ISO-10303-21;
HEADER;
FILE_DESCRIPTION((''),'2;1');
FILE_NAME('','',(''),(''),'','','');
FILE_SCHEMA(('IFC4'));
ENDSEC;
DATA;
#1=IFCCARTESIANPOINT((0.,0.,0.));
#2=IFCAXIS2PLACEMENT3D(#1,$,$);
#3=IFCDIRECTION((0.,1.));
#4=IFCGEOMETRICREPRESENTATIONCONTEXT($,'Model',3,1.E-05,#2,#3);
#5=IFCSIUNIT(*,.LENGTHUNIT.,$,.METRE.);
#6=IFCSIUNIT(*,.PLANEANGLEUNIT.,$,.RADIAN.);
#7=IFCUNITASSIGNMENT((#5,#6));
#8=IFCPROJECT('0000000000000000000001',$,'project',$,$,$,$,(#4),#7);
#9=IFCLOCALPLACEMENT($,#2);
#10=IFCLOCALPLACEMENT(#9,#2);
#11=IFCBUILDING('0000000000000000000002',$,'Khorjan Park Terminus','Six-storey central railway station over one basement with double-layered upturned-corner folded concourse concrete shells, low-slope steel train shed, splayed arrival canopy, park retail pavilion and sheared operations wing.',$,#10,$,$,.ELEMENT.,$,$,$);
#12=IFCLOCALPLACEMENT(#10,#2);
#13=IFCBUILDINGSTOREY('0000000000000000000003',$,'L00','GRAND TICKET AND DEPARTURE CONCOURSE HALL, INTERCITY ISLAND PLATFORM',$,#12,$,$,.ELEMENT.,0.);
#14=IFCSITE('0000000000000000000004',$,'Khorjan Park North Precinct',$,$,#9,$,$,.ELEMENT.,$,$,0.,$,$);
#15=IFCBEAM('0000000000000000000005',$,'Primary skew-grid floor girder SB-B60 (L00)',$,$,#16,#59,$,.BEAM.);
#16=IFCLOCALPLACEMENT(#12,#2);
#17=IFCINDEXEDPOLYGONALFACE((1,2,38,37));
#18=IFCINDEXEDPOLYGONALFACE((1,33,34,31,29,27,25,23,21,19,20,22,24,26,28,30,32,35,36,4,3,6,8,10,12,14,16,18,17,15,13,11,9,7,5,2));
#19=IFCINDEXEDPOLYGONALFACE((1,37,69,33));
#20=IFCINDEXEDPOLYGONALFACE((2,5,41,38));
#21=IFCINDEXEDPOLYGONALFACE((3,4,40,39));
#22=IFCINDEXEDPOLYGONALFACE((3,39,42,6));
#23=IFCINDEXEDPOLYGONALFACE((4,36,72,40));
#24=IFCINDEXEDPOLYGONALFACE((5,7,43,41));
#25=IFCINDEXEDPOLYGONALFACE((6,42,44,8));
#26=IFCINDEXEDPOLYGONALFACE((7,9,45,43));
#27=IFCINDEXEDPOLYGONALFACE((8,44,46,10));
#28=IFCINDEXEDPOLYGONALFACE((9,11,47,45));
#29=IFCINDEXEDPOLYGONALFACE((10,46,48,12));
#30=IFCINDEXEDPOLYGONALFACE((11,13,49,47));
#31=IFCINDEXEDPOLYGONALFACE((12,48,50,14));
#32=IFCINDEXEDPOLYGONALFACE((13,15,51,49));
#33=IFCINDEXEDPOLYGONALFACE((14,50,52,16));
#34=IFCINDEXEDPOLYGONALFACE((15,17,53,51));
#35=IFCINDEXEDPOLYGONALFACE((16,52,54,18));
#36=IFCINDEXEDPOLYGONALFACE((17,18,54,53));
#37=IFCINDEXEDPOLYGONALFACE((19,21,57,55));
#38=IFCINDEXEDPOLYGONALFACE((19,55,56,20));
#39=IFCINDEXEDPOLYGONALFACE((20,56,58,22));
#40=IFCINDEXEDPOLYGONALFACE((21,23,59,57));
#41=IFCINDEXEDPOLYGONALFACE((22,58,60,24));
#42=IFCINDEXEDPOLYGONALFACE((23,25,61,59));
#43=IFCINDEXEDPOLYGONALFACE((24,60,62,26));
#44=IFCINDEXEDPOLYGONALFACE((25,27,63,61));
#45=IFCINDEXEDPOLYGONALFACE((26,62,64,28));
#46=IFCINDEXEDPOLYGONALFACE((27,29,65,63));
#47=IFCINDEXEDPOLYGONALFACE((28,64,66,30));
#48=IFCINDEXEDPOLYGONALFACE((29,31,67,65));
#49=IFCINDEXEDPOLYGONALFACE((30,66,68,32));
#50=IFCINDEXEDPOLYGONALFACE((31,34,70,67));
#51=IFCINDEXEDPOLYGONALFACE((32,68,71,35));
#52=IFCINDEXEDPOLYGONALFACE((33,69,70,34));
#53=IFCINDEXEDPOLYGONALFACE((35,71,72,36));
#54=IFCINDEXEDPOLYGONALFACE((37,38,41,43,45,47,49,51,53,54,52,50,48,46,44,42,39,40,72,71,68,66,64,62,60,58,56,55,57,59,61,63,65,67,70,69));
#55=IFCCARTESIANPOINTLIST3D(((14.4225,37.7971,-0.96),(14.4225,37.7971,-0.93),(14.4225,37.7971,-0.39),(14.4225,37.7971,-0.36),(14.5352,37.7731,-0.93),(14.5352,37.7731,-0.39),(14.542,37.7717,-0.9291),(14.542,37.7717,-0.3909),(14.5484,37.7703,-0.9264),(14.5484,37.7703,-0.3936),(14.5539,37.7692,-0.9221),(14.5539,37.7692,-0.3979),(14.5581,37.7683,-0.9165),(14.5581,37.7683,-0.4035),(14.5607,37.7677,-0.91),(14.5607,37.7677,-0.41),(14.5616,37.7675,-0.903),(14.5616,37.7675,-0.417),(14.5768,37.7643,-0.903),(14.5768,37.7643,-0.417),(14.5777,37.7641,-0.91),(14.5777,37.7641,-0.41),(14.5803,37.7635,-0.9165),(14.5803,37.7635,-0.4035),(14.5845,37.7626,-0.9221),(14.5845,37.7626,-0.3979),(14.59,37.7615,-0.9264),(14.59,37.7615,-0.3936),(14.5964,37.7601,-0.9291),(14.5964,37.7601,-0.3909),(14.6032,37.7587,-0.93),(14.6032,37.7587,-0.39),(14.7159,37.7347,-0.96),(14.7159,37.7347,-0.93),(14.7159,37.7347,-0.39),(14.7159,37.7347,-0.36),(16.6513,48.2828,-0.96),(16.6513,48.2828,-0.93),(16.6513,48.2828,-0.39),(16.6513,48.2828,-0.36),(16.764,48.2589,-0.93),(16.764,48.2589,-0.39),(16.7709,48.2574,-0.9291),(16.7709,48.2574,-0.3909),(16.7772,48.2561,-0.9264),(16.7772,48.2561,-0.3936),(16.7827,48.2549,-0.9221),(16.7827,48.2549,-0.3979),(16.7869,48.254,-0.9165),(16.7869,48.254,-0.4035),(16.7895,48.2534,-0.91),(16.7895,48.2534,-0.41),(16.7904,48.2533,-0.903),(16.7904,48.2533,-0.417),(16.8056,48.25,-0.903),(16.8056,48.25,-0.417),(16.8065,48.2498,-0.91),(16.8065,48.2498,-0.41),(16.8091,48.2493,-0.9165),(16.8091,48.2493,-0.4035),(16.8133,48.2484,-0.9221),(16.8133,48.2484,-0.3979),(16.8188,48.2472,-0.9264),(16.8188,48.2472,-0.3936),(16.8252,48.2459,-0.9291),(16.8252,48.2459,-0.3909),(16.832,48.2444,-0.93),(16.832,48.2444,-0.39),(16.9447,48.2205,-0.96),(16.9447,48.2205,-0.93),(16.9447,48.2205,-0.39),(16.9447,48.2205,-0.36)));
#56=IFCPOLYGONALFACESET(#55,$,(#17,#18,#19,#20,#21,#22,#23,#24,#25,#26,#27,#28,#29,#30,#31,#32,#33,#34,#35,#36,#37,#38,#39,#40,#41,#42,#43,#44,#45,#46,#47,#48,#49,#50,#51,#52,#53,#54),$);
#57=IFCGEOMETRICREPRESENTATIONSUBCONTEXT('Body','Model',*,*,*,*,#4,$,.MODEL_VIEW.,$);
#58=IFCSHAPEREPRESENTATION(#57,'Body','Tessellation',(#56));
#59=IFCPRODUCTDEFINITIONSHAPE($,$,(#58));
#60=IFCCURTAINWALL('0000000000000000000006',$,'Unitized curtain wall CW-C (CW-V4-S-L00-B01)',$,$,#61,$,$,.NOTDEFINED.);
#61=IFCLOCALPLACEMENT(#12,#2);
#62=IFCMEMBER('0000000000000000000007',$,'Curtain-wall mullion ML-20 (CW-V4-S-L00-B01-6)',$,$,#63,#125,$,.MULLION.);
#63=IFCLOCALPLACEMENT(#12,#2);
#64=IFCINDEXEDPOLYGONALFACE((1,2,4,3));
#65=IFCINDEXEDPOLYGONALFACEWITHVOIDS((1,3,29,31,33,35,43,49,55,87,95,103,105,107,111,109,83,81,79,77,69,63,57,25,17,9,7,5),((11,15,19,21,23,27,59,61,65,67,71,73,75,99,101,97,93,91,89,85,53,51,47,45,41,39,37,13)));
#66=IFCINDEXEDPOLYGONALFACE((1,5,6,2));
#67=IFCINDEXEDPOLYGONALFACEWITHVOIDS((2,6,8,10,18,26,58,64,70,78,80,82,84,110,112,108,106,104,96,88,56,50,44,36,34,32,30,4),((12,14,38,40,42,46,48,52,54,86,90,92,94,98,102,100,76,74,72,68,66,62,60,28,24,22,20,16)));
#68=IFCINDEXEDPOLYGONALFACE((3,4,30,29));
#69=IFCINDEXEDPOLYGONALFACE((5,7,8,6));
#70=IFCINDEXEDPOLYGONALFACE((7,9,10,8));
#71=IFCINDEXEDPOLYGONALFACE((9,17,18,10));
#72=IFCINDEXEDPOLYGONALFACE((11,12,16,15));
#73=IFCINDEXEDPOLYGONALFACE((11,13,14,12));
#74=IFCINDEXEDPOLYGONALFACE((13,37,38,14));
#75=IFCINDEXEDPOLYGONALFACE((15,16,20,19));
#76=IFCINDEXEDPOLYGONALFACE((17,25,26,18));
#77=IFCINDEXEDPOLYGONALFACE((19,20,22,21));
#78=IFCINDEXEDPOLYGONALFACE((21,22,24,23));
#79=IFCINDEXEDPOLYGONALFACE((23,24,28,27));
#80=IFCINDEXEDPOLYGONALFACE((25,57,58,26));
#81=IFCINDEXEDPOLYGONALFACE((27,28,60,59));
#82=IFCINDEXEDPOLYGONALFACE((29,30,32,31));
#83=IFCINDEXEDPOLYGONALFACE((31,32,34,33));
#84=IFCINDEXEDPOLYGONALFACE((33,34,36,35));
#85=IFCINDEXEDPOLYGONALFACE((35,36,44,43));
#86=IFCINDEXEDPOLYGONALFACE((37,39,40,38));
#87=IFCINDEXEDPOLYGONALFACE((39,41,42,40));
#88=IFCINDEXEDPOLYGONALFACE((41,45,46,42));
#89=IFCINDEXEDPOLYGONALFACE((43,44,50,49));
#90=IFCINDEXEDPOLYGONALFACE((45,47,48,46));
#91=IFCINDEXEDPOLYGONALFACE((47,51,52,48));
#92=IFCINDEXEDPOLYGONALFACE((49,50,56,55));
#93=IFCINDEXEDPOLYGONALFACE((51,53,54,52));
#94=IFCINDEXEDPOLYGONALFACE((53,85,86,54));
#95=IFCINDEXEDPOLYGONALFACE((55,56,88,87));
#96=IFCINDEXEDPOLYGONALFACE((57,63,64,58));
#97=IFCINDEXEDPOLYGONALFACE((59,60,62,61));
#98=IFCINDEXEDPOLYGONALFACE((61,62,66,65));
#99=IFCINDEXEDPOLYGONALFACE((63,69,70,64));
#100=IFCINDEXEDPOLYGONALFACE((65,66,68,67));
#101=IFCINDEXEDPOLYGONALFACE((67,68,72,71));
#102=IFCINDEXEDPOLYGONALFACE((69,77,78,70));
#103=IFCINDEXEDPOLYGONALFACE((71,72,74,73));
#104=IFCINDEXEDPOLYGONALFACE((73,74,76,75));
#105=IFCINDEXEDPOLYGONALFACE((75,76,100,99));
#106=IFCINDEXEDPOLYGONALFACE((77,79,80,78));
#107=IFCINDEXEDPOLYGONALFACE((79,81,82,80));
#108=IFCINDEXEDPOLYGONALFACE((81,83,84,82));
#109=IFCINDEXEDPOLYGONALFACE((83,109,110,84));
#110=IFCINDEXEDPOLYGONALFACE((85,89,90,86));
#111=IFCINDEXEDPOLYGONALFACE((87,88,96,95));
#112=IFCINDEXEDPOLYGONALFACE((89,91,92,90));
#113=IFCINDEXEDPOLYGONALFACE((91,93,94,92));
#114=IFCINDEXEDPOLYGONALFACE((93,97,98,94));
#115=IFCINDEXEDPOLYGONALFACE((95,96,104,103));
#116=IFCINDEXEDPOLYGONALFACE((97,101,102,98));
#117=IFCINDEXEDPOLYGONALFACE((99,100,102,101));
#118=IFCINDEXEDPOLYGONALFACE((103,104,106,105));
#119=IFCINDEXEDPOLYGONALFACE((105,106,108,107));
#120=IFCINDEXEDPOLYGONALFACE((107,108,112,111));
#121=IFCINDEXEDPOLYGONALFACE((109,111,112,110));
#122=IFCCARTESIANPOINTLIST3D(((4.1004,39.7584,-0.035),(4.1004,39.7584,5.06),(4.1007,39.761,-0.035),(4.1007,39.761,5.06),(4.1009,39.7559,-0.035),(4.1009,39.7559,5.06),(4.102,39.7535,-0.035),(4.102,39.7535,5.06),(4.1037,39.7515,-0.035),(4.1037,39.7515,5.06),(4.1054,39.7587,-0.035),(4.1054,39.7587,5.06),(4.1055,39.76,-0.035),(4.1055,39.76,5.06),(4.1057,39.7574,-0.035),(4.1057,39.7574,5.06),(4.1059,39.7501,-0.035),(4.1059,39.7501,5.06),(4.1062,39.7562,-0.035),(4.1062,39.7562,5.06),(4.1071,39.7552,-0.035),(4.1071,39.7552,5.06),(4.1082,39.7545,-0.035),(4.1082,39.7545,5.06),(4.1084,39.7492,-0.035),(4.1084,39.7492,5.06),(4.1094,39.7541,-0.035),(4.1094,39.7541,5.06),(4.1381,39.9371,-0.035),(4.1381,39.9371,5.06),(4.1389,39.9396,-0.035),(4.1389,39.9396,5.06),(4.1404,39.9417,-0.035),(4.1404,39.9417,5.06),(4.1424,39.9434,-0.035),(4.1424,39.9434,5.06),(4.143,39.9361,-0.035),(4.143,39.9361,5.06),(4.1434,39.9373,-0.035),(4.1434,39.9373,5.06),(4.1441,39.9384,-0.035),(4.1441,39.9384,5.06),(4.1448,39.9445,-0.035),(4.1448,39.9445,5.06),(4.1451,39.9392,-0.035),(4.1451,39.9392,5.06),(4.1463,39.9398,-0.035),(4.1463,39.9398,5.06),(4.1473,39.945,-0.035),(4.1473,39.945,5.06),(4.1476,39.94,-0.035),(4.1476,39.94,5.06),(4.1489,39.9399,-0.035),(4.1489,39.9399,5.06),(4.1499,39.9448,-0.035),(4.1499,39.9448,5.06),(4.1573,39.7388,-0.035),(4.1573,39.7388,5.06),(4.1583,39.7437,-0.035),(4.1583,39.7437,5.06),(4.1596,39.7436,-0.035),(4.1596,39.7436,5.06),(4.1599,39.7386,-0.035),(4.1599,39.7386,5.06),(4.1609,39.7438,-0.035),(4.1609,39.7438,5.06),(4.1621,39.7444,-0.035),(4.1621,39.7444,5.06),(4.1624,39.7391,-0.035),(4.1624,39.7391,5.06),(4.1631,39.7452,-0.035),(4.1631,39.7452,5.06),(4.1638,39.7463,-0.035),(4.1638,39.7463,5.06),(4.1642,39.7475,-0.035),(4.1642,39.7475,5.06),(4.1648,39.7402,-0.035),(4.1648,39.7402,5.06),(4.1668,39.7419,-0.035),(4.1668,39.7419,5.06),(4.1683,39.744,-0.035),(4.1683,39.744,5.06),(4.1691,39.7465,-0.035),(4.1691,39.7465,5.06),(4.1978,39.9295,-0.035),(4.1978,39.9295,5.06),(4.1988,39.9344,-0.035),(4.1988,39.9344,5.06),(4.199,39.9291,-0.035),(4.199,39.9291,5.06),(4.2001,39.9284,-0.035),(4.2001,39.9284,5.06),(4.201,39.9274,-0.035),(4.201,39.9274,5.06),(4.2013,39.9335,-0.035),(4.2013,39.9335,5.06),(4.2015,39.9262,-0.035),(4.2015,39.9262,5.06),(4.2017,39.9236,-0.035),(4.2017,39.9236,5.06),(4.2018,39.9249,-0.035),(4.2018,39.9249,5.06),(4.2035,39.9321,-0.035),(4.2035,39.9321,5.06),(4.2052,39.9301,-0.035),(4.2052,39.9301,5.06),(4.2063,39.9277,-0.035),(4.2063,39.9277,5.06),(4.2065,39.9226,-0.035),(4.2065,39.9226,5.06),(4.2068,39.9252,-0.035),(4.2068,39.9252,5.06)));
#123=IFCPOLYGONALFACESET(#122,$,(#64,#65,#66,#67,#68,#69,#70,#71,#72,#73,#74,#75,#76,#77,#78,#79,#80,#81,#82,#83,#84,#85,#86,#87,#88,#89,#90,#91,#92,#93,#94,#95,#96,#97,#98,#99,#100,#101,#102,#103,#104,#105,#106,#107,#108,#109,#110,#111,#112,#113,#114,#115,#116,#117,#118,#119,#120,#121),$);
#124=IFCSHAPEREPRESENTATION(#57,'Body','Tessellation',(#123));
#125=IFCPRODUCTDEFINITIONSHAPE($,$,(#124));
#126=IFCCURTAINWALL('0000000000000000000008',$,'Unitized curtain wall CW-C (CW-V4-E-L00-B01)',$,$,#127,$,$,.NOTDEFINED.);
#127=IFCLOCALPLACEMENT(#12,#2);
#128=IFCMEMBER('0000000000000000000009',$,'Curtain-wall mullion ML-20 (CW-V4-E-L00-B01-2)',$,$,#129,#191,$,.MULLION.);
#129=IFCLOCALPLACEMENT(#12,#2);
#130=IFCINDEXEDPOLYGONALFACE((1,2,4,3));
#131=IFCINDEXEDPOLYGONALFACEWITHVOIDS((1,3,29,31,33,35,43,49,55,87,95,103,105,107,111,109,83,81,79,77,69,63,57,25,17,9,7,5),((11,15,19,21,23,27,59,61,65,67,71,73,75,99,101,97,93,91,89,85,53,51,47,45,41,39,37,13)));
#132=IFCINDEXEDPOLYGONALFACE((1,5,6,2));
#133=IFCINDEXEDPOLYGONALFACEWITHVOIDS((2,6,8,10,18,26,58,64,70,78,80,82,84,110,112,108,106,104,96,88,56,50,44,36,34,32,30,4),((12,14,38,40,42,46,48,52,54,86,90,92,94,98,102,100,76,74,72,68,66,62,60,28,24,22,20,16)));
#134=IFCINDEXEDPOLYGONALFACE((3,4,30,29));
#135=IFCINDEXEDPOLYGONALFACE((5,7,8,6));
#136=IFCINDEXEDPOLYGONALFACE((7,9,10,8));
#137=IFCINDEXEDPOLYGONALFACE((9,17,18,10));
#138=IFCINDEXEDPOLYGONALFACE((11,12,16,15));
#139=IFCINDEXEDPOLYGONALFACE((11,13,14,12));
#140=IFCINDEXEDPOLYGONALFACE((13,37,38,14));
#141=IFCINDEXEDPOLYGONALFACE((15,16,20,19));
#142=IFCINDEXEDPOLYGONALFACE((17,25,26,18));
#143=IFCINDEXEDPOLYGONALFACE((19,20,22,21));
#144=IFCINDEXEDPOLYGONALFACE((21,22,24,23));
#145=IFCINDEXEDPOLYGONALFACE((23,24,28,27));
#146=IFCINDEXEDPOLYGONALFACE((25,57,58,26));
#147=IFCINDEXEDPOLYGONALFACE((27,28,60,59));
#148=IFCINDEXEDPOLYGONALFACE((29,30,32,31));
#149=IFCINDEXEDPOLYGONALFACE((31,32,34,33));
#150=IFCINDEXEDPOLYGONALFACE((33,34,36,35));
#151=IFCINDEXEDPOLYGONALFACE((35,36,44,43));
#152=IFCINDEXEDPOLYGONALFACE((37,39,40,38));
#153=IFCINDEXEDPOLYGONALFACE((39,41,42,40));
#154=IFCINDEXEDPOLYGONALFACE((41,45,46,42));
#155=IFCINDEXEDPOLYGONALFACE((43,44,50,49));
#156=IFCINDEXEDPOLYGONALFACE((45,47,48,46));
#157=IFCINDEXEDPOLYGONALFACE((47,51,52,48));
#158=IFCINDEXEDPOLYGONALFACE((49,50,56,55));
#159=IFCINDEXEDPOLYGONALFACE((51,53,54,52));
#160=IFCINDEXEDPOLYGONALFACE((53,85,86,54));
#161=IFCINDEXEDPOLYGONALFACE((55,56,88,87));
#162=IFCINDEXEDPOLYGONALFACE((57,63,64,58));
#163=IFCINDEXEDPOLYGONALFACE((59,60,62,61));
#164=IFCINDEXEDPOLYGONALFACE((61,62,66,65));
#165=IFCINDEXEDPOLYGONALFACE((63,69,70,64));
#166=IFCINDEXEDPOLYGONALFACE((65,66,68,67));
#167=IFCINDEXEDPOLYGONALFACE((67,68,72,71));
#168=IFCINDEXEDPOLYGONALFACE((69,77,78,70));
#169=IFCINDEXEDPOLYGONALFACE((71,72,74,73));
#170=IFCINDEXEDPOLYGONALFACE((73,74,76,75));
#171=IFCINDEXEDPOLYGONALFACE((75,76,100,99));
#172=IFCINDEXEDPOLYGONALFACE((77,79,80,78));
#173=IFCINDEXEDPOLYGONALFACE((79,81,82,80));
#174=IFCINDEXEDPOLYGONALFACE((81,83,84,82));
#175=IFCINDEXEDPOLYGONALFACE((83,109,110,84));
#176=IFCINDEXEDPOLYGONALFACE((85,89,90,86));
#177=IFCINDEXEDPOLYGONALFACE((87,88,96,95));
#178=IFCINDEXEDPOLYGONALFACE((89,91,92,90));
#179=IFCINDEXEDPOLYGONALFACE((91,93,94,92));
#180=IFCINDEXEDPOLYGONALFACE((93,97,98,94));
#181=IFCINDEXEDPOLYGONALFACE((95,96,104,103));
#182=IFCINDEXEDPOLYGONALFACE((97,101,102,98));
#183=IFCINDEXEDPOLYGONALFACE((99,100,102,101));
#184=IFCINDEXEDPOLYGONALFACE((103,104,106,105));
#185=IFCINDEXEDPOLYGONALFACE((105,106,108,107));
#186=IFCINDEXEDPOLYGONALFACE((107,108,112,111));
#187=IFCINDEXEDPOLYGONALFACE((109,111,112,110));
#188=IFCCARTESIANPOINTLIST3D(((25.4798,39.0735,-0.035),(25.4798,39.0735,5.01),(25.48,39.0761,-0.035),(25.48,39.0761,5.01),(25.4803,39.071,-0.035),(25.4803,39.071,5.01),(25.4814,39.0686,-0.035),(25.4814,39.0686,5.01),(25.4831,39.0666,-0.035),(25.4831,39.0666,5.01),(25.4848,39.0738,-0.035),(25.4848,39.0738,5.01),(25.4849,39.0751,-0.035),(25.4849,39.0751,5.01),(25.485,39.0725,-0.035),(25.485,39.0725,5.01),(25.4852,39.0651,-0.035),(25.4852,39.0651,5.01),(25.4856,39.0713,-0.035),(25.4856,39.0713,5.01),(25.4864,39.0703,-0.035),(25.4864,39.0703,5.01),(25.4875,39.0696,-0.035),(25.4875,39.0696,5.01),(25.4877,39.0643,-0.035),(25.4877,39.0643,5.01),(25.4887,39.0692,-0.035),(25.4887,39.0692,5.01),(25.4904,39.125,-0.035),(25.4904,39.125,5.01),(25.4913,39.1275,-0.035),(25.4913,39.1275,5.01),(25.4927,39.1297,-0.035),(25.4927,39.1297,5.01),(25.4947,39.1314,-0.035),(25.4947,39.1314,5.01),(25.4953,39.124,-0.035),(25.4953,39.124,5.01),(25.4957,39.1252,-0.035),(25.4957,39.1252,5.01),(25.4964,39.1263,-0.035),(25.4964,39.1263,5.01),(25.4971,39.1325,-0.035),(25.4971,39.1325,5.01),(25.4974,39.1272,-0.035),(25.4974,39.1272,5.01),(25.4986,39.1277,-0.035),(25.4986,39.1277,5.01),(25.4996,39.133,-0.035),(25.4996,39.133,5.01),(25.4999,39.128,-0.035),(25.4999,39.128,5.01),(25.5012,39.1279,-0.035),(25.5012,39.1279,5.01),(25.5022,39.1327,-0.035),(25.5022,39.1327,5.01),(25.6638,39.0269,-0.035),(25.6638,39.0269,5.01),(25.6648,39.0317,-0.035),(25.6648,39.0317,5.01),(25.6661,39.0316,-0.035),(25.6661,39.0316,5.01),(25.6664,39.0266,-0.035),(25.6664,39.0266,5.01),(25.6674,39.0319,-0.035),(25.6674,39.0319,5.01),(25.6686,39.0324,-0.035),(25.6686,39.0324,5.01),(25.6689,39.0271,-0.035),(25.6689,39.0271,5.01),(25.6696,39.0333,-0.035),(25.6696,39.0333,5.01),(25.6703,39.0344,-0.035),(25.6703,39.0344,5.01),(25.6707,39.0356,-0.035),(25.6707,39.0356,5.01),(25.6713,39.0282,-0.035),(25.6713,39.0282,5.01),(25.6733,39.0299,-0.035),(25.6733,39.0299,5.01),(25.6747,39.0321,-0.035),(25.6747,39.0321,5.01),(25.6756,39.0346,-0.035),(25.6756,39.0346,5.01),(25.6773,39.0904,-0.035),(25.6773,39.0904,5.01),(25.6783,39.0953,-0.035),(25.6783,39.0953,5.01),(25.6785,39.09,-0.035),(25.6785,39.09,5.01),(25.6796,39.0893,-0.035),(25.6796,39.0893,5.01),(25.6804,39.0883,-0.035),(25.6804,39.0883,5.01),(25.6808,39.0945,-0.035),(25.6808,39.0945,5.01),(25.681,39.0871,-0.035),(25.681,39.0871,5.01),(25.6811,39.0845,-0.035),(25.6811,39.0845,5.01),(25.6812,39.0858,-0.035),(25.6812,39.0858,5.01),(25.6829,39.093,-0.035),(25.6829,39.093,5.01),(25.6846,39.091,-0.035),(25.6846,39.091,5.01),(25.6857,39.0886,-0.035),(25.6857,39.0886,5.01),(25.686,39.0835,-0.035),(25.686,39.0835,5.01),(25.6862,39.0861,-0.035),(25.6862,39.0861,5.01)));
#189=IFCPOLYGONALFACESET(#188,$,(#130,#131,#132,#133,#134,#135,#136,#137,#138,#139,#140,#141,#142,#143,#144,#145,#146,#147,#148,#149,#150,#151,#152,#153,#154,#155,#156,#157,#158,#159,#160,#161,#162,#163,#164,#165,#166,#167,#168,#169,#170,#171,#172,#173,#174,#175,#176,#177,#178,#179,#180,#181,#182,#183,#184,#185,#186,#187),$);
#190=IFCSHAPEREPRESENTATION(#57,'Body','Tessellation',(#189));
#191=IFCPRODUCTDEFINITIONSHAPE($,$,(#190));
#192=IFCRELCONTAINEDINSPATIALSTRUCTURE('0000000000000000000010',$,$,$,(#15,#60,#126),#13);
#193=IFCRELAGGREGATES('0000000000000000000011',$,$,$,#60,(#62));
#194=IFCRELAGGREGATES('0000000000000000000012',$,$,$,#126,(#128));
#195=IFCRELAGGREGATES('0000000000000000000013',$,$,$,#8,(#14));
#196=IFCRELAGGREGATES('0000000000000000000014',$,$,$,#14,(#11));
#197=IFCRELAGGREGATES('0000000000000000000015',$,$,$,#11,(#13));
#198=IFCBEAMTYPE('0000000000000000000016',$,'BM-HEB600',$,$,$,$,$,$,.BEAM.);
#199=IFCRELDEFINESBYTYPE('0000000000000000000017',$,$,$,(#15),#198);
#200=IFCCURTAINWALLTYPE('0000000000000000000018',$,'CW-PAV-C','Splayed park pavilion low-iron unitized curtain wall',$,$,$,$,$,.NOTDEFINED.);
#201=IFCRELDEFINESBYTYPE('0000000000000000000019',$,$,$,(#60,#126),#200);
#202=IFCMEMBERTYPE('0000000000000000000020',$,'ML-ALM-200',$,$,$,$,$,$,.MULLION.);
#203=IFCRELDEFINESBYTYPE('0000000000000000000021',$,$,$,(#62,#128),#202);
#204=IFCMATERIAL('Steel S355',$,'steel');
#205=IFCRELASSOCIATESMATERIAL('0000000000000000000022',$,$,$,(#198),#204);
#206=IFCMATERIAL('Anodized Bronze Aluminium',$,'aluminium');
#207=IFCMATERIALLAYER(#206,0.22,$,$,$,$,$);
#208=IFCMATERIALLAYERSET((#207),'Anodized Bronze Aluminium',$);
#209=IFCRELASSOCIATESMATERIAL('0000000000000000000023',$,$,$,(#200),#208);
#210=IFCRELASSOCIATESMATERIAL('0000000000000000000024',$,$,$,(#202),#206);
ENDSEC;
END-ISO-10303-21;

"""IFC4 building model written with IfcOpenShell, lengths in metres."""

from ifc_helpers import new_model, si_unit, direction, frame, origin, origin_2d, place, context, subcontext, project, spatial, hollow_rectangle, i_section, extrude, material, layer, layer_set, material_profile, profile_set, type_object, element, aggregate, save


model = new_model("IFC4")

# Units and contexts
model_context = context("Model", 3, precision=1e-05, world=origin(), true_north=direction((0.0, 1.0)))
body_context = subcontext(model_context, "Body", "Model", "MODEL_VIEW")
ifc_project = project(units=[si_unit("LENGTHUNIT", "METRE"), si_unit("PLANEANGLEUNIT", "RADIAN")], contexts=[model_context])

# Site, building, storey
site_placement = place(None, origin())
site = spatial("IfcSite", under=ifc_project, at=site_placement, Name="Khorjan Park North Precinct", CompositionType="ELEMENT", RefElevation=0.0)
building_placement = place(site_placement, origin())
building = spatial("IfcBuilding", under=site, at=building_placement, Name="Khorjan Park Terminus", Description="Six-storey central railway station over one basement with double-layered upturned-corner folded concourse concrete shells, low-slope steel train shed, splayed arrival canopy, park retail pavilion and sheared operations wing.", CompositionType="ELEMENT")
storey_placement = place(building_placement, origin())
storey = spatial("IfcBuildingStorey", under=building, at=storey_placement, Name="L00", Description="GRAND TICKET AND DEPARTURE CONCOURSE HALL, INTERCITY ISLAND PLATFORM", CompositionType="ELEMENT", Elevation=0.0)

# Shared definitions
ifc_material_1 = material(Name="Steel S355", Category="steel")

# Beam
ifc_material_profile_1 = material_profile(ifc_material_1, i_section(OverallWidth=0.3, OverallDepth=0.6, WebThickness=0.0155, FlangeThickness=0.03, FilletRadius=0.027, at=origin_2d()), Name="HEB 600")
ifc_profile_set_1 = profile_set([ifc_material_profile_1], Name="Steel S355")
beam_type_1 = type_object("IfcBeamType", Name="BM-HEB600", PredefinedType="BEAM", material=ifc_profile_set_1)
beam_1_placement = place(storey_placement, frame((14.5692, 37.7659, -0.66), z_axis=(0.207911, 0.978148, 0.0), x_axis=(-0.978148, 0.207911, 0.0)))
element("IfcBeam", 1, at=beam_1_placement, inside=storey, type_object=beam_type_1, Name="Primary skew-grid floor girder SB-B60 (L00)", PredefinedType="BEAM", context=body_context, shape_type="SweptSolid", body=[
    extrude(i_section(OverallWidth=0.3, OverallDepth=0.6, WebThickness=0.0155, FlangeThickness=0.03, FilletRadius=0.027, at=origin_2d()), origin(), (0.0, 0.0, 1.0), 10.72),
])

# Curtain wall, member
ifc_material_2 = material(Name="Anodized Bronze Aluminium", Category="aluminium")
ifc_layer_1 = layer(ifc_material_2, 0.22)
ifc_layer_set_1 = layer_set([ifc_layer_1], Name="Anodized Bronze Aluminium")
curtain_wall_type = type_object("IfcCurtainWallType", Name="CW-PAV-C", Description="Splayed park pavilion low-iron unitized curtain wall", PredefinedType="NOTDEFINED", material=ifc_layer_set_1)
curtain_wall_1_placement = place(storey_placement, origin())
curtain_wall_1 = element("IfcCurtainWall", 2, at=curtain_wall_1_placement, inside=storey, type_object=curtain_wall_type, Name="Unitized curtain wall CW-C (CW-V4-S-L00-B01)", PredefinedType="NOTDEFINED")
ifc_material_profile_2 = material_profile(ifc_material_2, hollow_rectangle(XDim=0.07, YDim=0.2, WallThickness=0.005, InnerFilletRadius=0.005, OuterFilletRadius=0.01, at=origin_2d()), Name="ALM 70x200x5")
ifc_profile_set_2 = profile_set([ifc_material_profile_2], Name="Anodized Bronze Aluminium")
member_type_1 = type_object("IfcMemberType", Name="ML-ALM-200", PredefinedType="MULLION", material=ifc_profile_set_2)
member_1_placement = place(storey_placement, frame((4.1536, 39.8418, -0.035), z_axis=(0.0, 0.0, 1.0), x_axis=(0.978147, -0.207914, 0.0)))
member_1 = element("IfcMember", 3, at=member_1_placement, type_object=member_type_1, Name="Curtain-wall mullion ML-20 (CW-V4-S-L00-B01-6)", PredefinedType="MULLION", context=body_context, shape_type="SweptSolid", body=[
    extrude(hollow_rectangle(XDim=0.07, YDim=0.2, WallThickness=0.005, InnerFilletRadius=0.005, OuterFilletRadius=0.01, at=origin_2d()), origin(), (0.0, 0.0, 1.0), 5.095),
])
aggregate(curtain_wall_1, [member_1])

# Curtain wall, member
curtain_wall_2_placement = place(storey_placement, origin())
curtain_wall_2 = element("IfcCurtainWall", 4, at=curtain_wall_2_placement, inside=storey, type_object=curtain_wall_type, Name="Unitized curtain wall CW-C (CW-V4-E-L00-B01)", PredefinedType="NOTDEFINED")
member_2_placement = place(storey_placement, frame((25.583, 39.0798, -0.035), z_axis=(0.0, 0.0, 1.0), x_axis=(0.207917, 0.978147, 0.0)))
member_2 = element("IfcMember", 5, at=member_2_placement, type_object=member_type_1, Name="Curtain-wall mullion ML-20 (CW-V4-E-L00-B01-2)", PredefinedType="MULLION", context=body_context, shape_type="SweptSolid", body=[
    extrude(hollow_rectangle(XDim=0.07, YDim=0.2, WallThickness=0.005, InnerFilletRadius=0.005, OuterFilletRadius=0.01, at=origin_2d()), origin(), (0.0, 0.0, 1.0), 5.045),
])
aggregate(curtain_wall_2, [member_2])

save(model, "model.ifc")
